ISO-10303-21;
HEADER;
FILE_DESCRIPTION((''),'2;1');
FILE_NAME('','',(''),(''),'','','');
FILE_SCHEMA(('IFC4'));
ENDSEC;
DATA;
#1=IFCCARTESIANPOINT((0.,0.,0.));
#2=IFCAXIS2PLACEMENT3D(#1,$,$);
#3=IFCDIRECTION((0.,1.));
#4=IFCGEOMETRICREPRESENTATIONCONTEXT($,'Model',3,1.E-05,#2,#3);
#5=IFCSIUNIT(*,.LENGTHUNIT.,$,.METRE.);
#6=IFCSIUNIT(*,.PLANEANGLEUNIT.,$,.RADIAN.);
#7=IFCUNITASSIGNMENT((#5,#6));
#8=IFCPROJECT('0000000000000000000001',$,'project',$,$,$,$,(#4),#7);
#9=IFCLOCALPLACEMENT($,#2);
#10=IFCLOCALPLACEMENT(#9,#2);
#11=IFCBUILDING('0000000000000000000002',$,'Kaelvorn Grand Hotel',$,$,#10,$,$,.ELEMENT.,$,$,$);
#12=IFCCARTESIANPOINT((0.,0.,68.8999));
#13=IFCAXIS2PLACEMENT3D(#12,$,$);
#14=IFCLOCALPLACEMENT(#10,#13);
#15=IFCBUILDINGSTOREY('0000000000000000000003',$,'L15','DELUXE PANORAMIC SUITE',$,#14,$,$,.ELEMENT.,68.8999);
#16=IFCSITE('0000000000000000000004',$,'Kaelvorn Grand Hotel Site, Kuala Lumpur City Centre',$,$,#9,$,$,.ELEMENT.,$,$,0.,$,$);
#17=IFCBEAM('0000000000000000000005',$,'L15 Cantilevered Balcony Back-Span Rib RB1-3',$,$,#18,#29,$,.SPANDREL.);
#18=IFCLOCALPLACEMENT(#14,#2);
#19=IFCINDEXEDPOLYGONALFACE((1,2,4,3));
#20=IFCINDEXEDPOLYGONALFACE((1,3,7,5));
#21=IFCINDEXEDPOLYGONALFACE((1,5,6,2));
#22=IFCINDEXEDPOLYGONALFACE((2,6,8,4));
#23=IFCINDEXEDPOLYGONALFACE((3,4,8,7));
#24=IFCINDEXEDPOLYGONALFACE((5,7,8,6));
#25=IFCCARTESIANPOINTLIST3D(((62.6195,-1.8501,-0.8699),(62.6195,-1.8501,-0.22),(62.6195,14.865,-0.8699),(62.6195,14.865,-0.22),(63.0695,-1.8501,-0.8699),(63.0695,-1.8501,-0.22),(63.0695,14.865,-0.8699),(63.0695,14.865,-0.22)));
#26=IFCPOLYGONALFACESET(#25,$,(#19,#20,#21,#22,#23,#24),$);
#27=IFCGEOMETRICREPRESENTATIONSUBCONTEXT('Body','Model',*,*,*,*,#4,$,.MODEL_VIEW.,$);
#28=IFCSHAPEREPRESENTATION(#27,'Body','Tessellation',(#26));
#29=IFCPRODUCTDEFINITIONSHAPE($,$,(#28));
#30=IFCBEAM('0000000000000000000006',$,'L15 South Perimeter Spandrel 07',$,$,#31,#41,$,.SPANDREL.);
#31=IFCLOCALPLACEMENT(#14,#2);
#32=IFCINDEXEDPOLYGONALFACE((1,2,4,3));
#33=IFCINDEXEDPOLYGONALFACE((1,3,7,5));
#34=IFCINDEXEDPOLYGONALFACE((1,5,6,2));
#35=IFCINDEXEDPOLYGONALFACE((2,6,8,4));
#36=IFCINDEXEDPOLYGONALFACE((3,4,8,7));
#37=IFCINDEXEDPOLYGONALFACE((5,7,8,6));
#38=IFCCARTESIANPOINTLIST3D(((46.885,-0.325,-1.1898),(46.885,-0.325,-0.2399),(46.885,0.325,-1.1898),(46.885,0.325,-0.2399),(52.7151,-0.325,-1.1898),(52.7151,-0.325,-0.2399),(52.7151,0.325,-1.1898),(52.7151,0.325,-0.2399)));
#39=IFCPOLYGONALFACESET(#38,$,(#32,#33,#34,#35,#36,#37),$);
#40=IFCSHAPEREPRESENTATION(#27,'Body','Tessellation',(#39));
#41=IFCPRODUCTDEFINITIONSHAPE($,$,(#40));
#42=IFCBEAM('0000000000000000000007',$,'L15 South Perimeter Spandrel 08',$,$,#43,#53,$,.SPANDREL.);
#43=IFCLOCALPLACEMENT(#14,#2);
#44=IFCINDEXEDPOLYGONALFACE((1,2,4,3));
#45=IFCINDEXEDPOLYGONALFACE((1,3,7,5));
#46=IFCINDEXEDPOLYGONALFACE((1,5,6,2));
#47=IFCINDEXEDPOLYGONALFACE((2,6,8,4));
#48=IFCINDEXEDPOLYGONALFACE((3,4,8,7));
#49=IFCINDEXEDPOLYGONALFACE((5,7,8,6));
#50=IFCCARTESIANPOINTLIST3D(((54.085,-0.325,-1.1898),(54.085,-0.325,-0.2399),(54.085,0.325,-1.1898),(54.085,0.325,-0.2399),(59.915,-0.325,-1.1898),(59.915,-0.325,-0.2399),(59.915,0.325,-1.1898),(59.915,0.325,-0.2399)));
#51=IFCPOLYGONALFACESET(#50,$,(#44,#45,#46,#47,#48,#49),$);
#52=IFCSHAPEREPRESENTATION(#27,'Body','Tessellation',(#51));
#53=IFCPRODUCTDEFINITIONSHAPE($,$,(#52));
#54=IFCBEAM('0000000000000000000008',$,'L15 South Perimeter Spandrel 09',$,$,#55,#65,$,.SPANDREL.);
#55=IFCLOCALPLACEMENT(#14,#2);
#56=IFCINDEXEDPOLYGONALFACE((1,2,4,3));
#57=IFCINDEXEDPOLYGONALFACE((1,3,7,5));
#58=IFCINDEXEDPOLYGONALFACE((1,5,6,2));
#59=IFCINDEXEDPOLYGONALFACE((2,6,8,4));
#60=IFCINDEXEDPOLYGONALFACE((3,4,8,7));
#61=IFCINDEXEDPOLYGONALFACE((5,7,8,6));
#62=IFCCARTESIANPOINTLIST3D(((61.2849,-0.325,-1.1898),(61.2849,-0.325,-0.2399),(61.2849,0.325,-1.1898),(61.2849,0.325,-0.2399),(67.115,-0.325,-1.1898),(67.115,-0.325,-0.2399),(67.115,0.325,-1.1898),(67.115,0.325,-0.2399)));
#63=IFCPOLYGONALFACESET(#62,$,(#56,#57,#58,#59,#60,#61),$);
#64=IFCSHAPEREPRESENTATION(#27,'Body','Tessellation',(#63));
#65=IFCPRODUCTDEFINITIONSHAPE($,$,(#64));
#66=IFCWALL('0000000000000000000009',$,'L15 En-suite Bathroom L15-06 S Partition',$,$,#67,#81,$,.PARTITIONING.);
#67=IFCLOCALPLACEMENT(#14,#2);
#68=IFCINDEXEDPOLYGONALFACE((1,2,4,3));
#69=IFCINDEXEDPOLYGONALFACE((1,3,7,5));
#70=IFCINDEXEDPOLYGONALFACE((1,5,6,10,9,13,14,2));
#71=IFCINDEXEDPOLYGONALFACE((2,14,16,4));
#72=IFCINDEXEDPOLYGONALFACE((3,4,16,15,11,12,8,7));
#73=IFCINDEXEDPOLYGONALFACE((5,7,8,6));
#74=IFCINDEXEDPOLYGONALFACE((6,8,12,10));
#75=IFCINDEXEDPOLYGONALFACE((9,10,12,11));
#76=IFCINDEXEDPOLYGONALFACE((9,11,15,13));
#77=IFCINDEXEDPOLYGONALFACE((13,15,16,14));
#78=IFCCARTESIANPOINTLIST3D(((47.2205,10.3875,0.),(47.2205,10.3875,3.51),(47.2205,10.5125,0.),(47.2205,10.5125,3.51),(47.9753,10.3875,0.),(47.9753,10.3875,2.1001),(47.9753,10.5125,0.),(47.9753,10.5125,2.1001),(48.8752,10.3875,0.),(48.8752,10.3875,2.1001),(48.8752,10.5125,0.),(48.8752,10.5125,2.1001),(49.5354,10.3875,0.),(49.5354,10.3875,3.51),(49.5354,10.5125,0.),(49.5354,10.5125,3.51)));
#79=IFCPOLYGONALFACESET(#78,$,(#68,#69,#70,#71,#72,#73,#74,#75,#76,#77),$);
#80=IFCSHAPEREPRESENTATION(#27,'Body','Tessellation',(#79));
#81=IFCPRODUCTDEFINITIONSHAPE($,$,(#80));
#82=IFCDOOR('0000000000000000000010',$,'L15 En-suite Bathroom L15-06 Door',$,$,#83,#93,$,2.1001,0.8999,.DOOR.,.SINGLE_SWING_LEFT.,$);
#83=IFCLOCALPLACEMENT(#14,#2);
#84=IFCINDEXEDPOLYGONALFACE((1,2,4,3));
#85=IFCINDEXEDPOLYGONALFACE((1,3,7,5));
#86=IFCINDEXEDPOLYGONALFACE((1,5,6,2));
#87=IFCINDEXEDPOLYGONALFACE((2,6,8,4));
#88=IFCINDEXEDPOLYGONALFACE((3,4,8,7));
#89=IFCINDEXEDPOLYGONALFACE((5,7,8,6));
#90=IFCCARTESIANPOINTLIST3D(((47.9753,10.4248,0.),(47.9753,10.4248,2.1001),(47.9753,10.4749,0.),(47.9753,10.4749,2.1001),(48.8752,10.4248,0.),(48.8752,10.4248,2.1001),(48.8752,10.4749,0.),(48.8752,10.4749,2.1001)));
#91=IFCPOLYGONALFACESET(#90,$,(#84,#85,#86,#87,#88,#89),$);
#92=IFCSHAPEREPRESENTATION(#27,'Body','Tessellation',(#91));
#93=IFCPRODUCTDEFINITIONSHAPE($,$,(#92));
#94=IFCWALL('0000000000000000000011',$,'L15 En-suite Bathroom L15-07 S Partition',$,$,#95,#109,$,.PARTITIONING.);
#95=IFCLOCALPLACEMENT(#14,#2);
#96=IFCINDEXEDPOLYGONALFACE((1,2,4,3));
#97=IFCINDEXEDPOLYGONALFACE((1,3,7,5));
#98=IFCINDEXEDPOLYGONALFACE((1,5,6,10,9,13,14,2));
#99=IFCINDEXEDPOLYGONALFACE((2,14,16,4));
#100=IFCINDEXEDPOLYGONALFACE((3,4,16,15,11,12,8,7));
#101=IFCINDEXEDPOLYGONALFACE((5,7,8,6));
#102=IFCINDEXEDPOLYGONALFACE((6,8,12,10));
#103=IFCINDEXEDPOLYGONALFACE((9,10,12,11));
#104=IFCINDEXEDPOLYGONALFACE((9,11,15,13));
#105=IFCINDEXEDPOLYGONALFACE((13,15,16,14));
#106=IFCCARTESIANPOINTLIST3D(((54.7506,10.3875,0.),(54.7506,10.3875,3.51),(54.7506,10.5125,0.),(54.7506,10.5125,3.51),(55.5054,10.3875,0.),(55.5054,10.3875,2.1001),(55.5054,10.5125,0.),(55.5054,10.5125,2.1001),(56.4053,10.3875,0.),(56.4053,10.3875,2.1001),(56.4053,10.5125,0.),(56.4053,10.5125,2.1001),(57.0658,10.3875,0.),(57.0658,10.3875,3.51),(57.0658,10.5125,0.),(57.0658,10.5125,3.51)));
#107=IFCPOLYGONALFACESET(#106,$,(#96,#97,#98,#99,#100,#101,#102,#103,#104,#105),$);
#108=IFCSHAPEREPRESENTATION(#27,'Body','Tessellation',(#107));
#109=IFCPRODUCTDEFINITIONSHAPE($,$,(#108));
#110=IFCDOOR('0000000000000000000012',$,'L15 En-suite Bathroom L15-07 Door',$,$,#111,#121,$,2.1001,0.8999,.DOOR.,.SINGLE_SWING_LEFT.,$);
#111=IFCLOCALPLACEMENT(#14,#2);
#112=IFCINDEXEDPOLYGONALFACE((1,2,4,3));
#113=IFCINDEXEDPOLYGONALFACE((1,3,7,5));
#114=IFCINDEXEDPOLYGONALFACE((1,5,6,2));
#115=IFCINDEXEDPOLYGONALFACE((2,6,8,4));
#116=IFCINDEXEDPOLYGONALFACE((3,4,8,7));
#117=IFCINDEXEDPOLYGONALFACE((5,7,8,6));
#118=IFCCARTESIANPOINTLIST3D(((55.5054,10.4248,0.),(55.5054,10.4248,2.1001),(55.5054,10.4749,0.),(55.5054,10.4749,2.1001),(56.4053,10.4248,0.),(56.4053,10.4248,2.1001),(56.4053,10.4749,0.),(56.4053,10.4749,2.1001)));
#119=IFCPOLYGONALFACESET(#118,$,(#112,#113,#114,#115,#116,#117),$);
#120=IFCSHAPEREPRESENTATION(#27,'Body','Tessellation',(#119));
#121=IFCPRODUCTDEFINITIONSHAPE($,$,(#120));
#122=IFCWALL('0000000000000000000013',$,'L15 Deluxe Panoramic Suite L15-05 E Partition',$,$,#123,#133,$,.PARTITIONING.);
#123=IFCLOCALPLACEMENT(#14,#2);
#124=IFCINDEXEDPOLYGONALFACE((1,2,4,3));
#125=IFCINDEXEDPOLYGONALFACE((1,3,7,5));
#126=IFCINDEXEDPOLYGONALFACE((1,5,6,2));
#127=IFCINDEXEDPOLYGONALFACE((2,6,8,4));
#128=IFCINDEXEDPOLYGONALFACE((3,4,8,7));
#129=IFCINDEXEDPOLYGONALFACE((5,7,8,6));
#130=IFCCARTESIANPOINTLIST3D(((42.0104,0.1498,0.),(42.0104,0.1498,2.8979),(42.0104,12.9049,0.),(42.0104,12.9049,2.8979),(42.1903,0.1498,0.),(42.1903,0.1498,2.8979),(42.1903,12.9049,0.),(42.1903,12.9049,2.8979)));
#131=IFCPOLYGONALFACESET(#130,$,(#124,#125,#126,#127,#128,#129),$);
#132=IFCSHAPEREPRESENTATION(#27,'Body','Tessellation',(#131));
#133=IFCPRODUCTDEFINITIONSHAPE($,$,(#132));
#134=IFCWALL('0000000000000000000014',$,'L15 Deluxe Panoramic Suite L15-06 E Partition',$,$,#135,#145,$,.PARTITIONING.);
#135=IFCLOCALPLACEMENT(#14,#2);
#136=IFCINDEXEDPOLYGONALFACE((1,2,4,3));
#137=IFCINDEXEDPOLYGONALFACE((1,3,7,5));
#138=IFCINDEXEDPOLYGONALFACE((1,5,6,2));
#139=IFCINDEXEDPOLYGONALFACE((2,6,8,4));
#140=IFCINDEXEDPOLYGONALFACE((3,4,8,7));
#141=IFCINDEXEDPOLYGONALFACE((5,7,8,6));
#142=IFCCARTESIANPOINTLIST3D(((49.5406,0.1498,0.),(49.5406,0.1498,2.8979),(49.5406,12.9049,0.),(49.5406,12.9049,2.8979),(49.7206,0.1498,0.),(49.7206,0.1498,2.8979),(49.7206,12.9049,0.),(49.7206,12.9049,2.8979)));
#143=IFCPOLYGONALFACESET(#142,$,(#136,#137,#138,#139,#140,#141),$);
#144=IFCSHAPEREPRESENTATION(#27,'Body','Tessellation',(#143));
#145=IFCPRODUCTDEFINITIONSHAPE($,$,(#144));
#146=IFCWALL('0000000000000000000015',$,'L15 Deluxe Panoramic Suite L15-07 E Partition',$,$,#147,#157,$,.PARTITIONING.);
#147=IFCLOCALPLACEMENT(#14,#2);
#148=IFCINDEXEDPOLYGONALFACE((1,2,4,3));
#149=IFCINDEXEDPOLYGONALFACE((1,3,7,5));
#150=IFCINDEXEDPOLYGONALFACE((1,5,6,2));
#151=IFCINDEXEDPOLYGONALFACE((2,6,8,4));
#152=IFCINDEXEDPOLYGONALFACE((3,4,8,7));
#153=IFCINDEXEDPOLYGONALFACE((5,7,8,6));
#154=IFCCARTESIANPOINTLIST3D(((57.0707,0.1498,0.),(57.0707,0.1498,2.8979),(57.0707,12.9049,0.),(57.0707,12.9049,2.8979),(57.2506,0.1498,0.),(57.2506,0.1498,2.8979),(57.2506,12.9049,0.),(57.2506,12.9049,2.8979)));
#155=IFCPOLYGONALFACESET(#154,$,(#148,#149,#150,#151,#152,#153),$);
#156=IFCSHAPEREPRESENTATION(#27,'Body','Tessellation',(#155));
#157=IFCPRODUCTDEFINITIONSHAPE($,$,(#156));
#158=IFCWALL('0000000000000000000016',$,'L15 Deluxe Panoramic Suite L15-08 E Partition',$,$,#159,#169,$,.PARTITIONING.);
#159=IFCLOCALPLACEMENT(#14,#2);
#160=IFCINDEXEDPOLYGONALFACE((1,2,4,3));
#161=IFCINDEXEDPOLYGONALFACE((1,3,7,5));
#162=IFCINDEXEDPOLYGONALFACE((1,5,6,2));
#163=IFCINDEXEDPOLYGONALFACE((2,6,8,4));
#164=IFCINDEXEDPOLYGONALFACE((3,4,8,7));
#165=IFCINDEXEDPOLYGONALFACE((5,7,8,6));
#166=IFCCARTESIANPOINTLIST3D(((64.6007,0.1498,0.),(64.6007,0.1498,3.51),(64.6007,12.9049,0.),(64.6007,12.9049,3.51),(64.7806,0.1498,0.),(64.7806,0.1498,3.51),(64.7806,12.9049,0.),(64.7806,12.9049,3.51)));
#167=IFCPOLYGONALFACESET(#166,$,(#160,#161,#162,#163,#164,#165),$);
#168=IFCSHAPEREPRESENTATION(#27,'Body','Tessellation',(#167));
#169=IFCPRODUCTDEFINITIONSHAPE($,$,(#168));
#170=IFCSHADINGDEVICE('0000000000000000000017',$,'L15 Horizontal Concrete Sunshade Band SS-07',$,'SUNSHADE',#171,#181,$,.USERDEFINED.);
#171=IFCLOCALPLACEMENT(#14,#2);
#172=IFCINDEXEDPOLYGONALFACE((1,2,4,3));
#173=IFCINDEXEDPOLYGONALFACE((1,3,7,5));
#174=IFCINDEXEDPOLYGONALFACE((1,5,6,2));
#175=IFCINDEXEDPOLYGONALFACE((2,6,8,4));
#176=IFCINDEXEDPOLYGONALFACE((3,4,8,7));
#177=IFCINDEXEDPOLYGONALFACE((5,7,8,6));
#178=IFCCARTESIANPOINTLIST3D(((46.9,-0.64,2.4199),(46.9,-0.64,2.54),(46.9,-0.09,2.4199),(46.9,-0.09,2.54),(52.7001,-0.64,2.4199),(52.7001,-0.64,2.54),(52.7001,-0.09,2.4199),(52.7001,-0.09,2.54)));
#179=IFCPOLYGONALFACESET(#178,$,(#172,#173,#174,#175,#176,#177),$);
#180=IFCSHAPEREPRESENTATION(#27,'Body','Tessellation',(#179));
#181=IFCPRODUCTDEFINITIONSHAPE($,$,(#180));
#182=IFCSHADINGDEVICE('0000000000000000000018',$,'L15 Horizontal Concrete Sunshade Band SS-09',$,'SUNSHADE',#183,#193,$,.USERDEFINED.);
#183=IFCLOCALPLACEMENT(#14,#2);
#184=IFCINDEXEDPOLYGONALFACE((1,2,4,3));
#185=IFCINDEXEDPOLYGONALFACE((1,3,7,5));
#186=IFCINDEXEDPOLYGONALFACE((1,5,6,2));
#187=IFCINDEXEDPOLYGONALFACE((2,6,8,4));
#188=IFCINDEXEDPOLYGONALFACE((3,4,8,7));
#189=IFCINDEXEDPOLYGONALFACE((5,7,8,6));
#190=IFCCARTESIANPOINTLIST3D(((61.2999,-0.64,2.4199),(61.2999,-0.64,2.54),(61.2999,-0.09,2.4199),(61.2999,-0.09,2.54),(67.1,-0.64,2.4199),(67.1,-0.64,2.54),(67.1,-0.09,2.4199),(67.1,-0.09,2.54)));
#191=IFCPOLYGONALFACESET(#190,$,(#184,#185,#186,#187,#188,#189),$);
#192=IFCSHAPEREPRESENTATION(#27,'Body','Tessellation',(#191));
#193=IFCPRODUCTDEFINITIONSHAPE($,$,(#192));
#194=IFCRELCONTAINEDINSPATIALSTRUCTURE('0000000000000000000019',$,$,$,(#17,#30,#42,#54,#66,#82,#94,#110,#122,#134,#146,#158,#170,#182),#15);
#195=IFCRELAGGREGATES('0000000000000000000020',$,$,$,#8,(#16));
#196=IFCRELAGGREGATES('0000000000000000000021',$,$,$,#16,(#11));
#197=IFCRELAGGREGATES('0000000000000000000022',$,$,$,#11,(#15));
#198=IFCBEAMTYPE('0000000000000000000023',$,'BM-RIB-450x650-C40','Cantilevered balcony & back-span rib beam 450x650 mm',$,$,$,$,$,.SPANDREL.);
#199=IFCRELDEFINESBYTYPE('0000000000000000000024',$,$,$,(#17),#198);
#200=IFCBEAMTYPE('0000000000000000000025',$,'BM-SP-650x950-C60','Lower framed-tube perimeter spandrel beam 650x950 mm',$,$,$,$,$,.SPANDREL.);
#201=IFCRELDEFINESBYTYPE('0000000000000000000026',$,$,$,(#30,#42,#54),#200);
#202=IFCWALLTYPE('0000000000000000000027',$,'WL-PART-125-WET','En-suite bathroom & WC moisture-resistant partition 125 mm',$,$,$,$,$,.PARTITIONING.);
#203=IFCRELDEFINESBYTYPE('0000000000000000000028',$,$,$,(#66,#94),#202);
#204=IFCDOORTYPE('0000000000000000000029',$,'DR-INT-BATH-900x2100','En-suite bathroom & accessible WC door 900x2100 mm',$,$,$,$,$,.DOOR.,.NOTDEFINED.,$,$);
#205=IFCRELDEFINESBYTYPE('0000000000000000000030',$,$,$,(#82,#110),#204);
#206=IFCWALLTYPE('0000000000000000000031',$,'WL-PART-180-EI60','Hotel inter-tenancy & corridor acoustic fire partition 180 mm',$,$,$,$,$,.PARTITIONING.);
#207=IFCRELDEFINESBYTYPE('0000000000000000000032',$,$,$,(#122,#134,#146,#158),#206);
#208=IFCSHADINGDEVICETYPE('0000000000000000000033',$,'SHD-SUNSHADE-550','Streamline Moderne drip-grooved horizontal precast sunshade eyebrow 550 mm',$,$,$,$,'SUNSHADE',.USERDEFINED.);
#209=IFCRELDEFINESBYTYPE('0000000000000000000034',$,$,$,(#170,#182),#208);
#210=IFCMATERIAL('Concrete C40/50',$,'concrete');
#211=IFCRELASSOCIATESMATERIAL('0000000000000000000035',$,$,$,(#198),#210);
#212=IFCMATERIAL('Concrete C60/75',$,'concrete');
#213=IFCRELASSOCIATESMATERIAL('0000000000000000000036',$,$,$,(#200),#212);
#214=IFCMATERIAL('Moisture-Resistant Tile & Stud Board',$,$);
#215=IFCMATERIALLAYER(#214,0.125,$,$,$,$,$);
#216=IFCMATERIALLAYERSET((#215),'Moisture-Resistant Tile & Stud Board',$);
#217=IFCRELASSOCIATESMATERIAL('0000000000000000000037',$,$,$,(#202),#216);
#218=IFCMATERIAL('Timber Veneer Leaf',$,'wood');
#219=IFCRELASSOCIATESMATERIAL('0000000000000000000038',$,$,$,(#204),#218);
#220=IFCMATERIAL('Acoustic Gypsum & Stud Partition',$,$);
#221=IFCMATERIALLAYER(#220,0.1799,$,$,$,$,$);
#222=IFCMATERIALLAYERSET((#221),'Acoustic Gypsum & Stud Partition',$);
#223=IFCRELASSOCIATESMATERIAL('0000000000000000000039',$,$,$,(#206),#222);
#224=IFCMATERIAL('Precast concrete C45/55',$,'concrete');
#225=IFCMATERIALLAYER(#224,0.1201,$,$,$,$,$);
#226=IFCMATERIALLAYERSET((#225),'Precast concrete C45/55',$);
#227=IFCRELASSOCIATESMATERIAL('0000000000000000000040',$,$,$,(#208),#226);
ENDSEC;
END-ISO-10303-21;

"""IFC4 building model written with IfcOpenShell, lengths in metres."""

from ifc_helpers import new_model, si_unit, direction, frame, frame_2d, origin, origin_2d, place, context, subcontext, project, spatial, rectangle, extrude, material, layer, layer_set, material_profile, profile_set, type_object, element, fill, save


model = new_model("IFC4")

# Units and contexts
model_context = context("Model", 3, precision=1e-05, world=origin(), true_north=direction((0.0, 1.0)))
body_context = subcontext(model_context, "Body", "Model", "MODEL_VIEW")
ifc_project = project(units=[si_unit("LENGTHUNIT", "METRE"), si_unit("PLANEANGLEUNIT", "RADIAN")], contexts=[model_context])

# Site, building, storey
site_placement = place(None, origin())
site = spatial("IfcSite", under=ifc_project, at=site_placement, Name="Kaelvorn Grand Hotel Site, Kuala Lumpur City Centre", CompositionType="ELEMENT", RefElevation=0.0)
building_placement = place(site_placement, origin())
building = spatial("IfcBuilding", under=site, at=building_placement, Name="Kaelvorn Grand Hotel", CompositionType="ELEMENT")
storey_placement = place(building_placement, frame((0.0, 0.0, 68.8999)))
storey = spatial("IfcBuildingStorey", under=building, at=storey_placement, Name="L15", Description="DELUXE PANORAMIC SUITE", CompositionType="ELEMENT", Elevation=68.8999)

# Beams
ifc_material_1 = material(Name="Concrete C40/50", Category="concrete")
ifc_material_profile_1 = material_profile(ifc_material_1, rectangle(XDim=0.45, YDim=0.6499, at=origin_2d()), Name="RC RIB 450x650")
ifc_profile_set_1 = profile_set([ifc_material_profile_1], Name="Concrete C40/50")
beam_type_1 = type_object("IfcBeamType", Name="BM-RIB-450x650-C40", Description="Cantilevered balcony & back-span rib beam 450x650 mm", PredefinedType="SPANDREL", material=ifc_profile_set_1)
beam_1_placement = place(storey_placement, frame((62.8445, -1.8501, -0.5449), z_axis=(0.0, 1.0, 0.0), x_axis=(-1.0, 0.0, 0.0)))
element("IfcBeam", 1, at=beam_1_placement, inside=storey, type_object=beam_type_1, Name="L15 Cantilevered Balcony Back-Span Rib RB1-3", PredefinedType="SPANDREL", context=body_context, shape_type="SweptSolid", body=[
    extrude(rectangle(XDim=0.45, YDim=0.6499, at=origin_2d()), origin(), (0.0, 0.0, 1.0), 16.7151),
])
ifc_material_2 = material(Name="Concrete C60/75", Category="concrete")
ifc_material_profile_2 = material_profile(ifc_material_2, rectangle(XDim=0.6499, YDim=0.95, at=origin_2d()), Name="RC SPANDREL 650x950")
ifc_profile_set_2 = profile_set([ifc_material_profile_2], Name="Concrete C60/75")
beam_type_2 = type_object("IfcBeamType", Name="BM-SP-650x950-C60", Description="Lower framed-tube perimeter spandrel beam 650x950 mm", PredefinedType="SPANDREL", material=ifc_profile_set_2)
for number, where, z_axis, x_axis, name in (
    (2, (46.885, 0.0, -0.7148), (1.0, 0.0, 0.0), (0.0, 1.0, 0.0), "L15 South Perimeter Spandrel 07"),
    (3, (54.085, 0.0, -0.7148), (1.0, 0.0, 0.0), (0.0, 1.0, 0.0), "L15 South Perimeter Spandrel 08"),
    (4, (61.2849, 0.0, -0.7148), (1.0, 0.0, 0.0), (0.0, 1.0, 0.0), "L15 South Perimeter Spandrel 09"),
):
    element("IfcBeam", number, at=place(storey_placement, frame(where, z_axis=z_axis, x_axis=x_axis)), inside=storey, type_object=beam_type_2, Name=name, PredefinedType="SPANDREL", context=body_context, shape_type="SweptSolid", body=[
        extrude(rectangle(XDim=0.6499, YDim=0.95, at=origin_2d()), origin(), (0.0, 0.0, 1.0), 5.8301),
    ])

# Walls, openings, doors
ifc_material_3 = material(Name="Moisture-Resistant Tile & Stud Board")
ifc_layer_1 = layer(ifc_material_3, 0.125)
ifc_layer_set_1 = layer_set([ifc_layer_1], Name="Moisture-Resistant Tile & Stud Board")
wall_type_1 = type_object("IfcWallType", Name="WL-PART-125-WET", Description="En-suite bathroom & WC moisture-resistant partition 125 mm", PredefinedType="PARTITIONING", material=ifc_layer_set_1)
wall_1_placement = place(storey_placement, frame((47.2205, 10.45, 0.0), z_axis=(0.0, 0.0, 1.0), x_axis=(1.0, 0.0, 0.0)))
wall_1 = element("IfcWall", 5, at=wall_1_placement, inside=storey, type_object=wall_type_1, Name="L15 En-suite Bathroom L15-06 S Partition", PredefinedType="PARTITIONING", context=body_context, shape_type="SweptSolid", body=[
    extrude(rectangle(XDim=2.3149, YDim=0.125, at=frame_2d((1.1575, 0.0))), origin(), (0.0, 0.0, 1.0), 3.51),
])
opening_1_placement = place(wall_1_placement, frame((0.7549, 0.0, 0.0)))
opening_1 = element("IfcOpeningElement", 6, at=opening_1_placement, cuts=wall_1, PredefinedType="OPENING", context=body_context, shape_type="SweptSolid", body=[
    extrude(rectangle(XDim=0.8999, YDim=2.1001, at=frame_2d((0.45, 1.05))), frame((0.0, 0.0725, 0.0), z_axis=(0.0, -1.0, 0.0), x_axis=(1.0, 0.0, 0.0)), (0.0, 0.0, 1.0), 0.145),
])
ifc_material_4 = material(Name="Timber Veneer Leaf", Category="wood")
door_type = type_object("IfcDoorType", Name="DR-INT-BATH-900x2100", Description="En-suite bathroom & accessible WC door 900x2100 mm", OperationType="NOTDEFINED", PredefinedType="DOOR", material=ifc_material_4)
door_1_placement = place(opening_1_placement, origin())
door_1 = element("IfcDoor", 7, at=door_1_placement, inside=storey, type_object=door_type, Name="L15 En-suite Bathroom L15-06 Door", OperationType="SINGLE_SWING_LEFT", OverallHeight=2.1001, OverallWidth=0.8999, PredefinedType="DOOR", context=body_context, shape_type="SweptSolid", body=[
    extrude(rectangle(XDim=0.8999, YDim=2.1001, at=frame_2d((0.45, 1.05))), frame((0.0, 0.0249, 0.0), z_axis=(0.0, -1.0, 0.0), x_axis=(1.0, 0.0, 0.0)), (0.0, 0.0, 1.0), 0.05),
])
fill(opening_1, door_1)
wall_2_placement = place(storey_placement, frame((54.7505, 10.45, 0.0), z_axis=(0.0, 0.0, 1.0), x_axis=(1.0, 0.0, 0.0)))
wall_2 = element("IfcWall", 8, at=wall_2_placement, inside=storey, type_object=wall_type_1, Name="L15 En-suite Bathroom L15-07 S Partition", PredefinedType="PARTITIONING", context=body_context, shape_type="SweptSolid", body=[
    extrude(rectangle(XDim=2.3152, YDim=0.125, at=frame_2d((1.1577, 0.0))), origin(), (0.0, 0.0, 1.0), 3.51),
])
opening_2_placement = place(wall_2_placement, frame((0.7549, 0.0, 0.0)))
opening_2 = element("IfcOpeningElement", 9, at=opening_2_placement, cuts=wall_2, PredefinedType="OPENING", context=body_context, shape_type="SweptSolid", body=[
    extrude(rectangle(XDim=0.8999, YDim=2.1001, at=frame_2d((0.45, 1.05))), frame((0.0, 0.0725, 0.0), z_axis=(0.0, -1.0, 0.0), x_axis=(1.0, 0.0, 0.0)), (0.0, 0.0, 1.0), 0.145),
])
door_2_placement = place(opening_2_placement, origin())
door_2 = element("IfcDoor", 10, at=door_2_placement, inside=storey, type_object=door_type, Name="L15 En-suite Bathroom L15-07 Door", OperationType="SINGLE_SWING_LEFT", OverallHeight=2.1001, OverallWidth=0.8999, PredefinedType="DOOR", context=body_context, shape_type="SweptSolid", body=[
    extrude(rectangle(XDim=0.8999, YDim=2.1001, at=frame_2d((0.45, 1.05))), frame((0.0, 0.0249, 0.0), z_axis=(0.0, -1.0, 0.0), x_axis=(1.0, 0.0, 0.0)), (0.0, 0.0, 1.0), 0.05),
])
fill(opening_2, door_2)

# Walls
ifc_material_5 = material(Name="Acoustic Gypsum & Stud Partition")
ifc_layer_2 = layer(ifc_material_5, 0.1799)
ifc_layer_set_2 = layer_set([ifc_layer_2], Name="Acoustic Gypsum & Stud Partition")
wall_type_2 = type_object("IfcWallType", Name="WL-PART-180-EI60", Description="Hotel inter-tenancy & corridor acoustic fire partition 180 mm", PredefinedType="PARTITIONING", material=ifc_layer_set_2)
for number, where, z_axis, x_axis, name in (
    (11, (42.1003, 0.1499, 0.0), (0.0, 0.0, 1.0), (0.0, 1.0, 0.0), "L15 Deluxe Panoramic Suite L15-05 E Partition"),
    (12, (49.6306, 0.1499, 0.0), (0.0, 0.0, 1.0), (0.0, 1.0, 0.0), "L15 Deluxe Panoramic Suite L15-06 E Partition"),
    (13, (57.1606, 0.1499, 0.0), (0.0, 0.0, 1.0), (0.0, 1.0, 0.0), "L15 Deluxe Panoramic Suite L15-07 E Partition"),
):
    element("IfcWall", number, at=place(storey_placement, frame(where, z_axis=z_axis, x_axis=x_axis)), inside=storey, type_object=wall_type_2, Name=name, PredefinedType="PARTITIONING", context=body_context, shape_type="SweptSolid", body=[
        extrude(rectangle(XDim=12.7551, YDim=0.1799, at=frame_2d((6.3774, 0.0))), origin(), (0.0, 0.0, 1.0), 2.8979),
    ])
wall_3_placement = place(storey_placement, frame((64.6907, 0.1499, 0.0), z_axis=(0.0, 0.0, 1.0), x_axis=(0.0, 1.0, 0.0)))
element("IfcWall", 14, at=wall_3_placement, inside=storey, type_object=wall_type_2, Name="L15 Deluxe Panoramic Suite L15-08 E Partition", PredefinedType="PARTITIONING", context=body_context, shape_type="SweptSolid", body=[
    extrude(rectangle(XDim=12.7551, YDim=0.1799, at=frame_2d((6.3774, 0.0))), origin(), (0.0, 0.0, 1.0), 3.51),
])

# Shading devices
ifc_material_6 = material(Name="Precast concrete C45/55", Category="concrete")
ifc_layer_3 = layer(ifc_material_6, 0.1201)
ifc_layer_set_3 = layer_set([ifc_layer_3], Name="Precast concrete C45/55")
shading_device_type_1 = type_object("IfcShadingDeviceType", Name="SHD-SUNSHADE-550", Description="Streamline Moderne drip-grooved horizontal precast sunshade eyebrow 550 mm", ElementType="SUNSHADE", PredefinedType="USERDEFINED", material=ifc_layer_set_3)
for number, where, z_axis, x_axis, name in (
    (15, (49.8, -0.365, 2.4199), (0.0, 0.0, 1.0), (1.0, 0.0, 0.0), "L15 Horizontal Concrete Sunshade Band SS-07"),
    (16, (64.2, -0.365, 2.4199), (0.0, 0.0, 1.0), (1.0, 0.0, 0.0), "L15 Horizontal Concrete Sunshade Band SS-09"),
):
    element("IfcShadingDevice", number, at=place(storey_placement, frame(where, z_axis=z_axis, x_axis=x_axis)), inside=storey, type_object=shading_device_type_1, Name=name, ObjectType="SUNSHADE", PredefinedType="USERDEFINED", context=body_context, shape_type="SweptSolid", body=[
        extrude(rectangle(XDim=5.8, YDim=0.55, at=origin_2d()), origin(), (0.0, 0.0, 1.0), 0.1201),
    ])

save(model, "model.ifc")
